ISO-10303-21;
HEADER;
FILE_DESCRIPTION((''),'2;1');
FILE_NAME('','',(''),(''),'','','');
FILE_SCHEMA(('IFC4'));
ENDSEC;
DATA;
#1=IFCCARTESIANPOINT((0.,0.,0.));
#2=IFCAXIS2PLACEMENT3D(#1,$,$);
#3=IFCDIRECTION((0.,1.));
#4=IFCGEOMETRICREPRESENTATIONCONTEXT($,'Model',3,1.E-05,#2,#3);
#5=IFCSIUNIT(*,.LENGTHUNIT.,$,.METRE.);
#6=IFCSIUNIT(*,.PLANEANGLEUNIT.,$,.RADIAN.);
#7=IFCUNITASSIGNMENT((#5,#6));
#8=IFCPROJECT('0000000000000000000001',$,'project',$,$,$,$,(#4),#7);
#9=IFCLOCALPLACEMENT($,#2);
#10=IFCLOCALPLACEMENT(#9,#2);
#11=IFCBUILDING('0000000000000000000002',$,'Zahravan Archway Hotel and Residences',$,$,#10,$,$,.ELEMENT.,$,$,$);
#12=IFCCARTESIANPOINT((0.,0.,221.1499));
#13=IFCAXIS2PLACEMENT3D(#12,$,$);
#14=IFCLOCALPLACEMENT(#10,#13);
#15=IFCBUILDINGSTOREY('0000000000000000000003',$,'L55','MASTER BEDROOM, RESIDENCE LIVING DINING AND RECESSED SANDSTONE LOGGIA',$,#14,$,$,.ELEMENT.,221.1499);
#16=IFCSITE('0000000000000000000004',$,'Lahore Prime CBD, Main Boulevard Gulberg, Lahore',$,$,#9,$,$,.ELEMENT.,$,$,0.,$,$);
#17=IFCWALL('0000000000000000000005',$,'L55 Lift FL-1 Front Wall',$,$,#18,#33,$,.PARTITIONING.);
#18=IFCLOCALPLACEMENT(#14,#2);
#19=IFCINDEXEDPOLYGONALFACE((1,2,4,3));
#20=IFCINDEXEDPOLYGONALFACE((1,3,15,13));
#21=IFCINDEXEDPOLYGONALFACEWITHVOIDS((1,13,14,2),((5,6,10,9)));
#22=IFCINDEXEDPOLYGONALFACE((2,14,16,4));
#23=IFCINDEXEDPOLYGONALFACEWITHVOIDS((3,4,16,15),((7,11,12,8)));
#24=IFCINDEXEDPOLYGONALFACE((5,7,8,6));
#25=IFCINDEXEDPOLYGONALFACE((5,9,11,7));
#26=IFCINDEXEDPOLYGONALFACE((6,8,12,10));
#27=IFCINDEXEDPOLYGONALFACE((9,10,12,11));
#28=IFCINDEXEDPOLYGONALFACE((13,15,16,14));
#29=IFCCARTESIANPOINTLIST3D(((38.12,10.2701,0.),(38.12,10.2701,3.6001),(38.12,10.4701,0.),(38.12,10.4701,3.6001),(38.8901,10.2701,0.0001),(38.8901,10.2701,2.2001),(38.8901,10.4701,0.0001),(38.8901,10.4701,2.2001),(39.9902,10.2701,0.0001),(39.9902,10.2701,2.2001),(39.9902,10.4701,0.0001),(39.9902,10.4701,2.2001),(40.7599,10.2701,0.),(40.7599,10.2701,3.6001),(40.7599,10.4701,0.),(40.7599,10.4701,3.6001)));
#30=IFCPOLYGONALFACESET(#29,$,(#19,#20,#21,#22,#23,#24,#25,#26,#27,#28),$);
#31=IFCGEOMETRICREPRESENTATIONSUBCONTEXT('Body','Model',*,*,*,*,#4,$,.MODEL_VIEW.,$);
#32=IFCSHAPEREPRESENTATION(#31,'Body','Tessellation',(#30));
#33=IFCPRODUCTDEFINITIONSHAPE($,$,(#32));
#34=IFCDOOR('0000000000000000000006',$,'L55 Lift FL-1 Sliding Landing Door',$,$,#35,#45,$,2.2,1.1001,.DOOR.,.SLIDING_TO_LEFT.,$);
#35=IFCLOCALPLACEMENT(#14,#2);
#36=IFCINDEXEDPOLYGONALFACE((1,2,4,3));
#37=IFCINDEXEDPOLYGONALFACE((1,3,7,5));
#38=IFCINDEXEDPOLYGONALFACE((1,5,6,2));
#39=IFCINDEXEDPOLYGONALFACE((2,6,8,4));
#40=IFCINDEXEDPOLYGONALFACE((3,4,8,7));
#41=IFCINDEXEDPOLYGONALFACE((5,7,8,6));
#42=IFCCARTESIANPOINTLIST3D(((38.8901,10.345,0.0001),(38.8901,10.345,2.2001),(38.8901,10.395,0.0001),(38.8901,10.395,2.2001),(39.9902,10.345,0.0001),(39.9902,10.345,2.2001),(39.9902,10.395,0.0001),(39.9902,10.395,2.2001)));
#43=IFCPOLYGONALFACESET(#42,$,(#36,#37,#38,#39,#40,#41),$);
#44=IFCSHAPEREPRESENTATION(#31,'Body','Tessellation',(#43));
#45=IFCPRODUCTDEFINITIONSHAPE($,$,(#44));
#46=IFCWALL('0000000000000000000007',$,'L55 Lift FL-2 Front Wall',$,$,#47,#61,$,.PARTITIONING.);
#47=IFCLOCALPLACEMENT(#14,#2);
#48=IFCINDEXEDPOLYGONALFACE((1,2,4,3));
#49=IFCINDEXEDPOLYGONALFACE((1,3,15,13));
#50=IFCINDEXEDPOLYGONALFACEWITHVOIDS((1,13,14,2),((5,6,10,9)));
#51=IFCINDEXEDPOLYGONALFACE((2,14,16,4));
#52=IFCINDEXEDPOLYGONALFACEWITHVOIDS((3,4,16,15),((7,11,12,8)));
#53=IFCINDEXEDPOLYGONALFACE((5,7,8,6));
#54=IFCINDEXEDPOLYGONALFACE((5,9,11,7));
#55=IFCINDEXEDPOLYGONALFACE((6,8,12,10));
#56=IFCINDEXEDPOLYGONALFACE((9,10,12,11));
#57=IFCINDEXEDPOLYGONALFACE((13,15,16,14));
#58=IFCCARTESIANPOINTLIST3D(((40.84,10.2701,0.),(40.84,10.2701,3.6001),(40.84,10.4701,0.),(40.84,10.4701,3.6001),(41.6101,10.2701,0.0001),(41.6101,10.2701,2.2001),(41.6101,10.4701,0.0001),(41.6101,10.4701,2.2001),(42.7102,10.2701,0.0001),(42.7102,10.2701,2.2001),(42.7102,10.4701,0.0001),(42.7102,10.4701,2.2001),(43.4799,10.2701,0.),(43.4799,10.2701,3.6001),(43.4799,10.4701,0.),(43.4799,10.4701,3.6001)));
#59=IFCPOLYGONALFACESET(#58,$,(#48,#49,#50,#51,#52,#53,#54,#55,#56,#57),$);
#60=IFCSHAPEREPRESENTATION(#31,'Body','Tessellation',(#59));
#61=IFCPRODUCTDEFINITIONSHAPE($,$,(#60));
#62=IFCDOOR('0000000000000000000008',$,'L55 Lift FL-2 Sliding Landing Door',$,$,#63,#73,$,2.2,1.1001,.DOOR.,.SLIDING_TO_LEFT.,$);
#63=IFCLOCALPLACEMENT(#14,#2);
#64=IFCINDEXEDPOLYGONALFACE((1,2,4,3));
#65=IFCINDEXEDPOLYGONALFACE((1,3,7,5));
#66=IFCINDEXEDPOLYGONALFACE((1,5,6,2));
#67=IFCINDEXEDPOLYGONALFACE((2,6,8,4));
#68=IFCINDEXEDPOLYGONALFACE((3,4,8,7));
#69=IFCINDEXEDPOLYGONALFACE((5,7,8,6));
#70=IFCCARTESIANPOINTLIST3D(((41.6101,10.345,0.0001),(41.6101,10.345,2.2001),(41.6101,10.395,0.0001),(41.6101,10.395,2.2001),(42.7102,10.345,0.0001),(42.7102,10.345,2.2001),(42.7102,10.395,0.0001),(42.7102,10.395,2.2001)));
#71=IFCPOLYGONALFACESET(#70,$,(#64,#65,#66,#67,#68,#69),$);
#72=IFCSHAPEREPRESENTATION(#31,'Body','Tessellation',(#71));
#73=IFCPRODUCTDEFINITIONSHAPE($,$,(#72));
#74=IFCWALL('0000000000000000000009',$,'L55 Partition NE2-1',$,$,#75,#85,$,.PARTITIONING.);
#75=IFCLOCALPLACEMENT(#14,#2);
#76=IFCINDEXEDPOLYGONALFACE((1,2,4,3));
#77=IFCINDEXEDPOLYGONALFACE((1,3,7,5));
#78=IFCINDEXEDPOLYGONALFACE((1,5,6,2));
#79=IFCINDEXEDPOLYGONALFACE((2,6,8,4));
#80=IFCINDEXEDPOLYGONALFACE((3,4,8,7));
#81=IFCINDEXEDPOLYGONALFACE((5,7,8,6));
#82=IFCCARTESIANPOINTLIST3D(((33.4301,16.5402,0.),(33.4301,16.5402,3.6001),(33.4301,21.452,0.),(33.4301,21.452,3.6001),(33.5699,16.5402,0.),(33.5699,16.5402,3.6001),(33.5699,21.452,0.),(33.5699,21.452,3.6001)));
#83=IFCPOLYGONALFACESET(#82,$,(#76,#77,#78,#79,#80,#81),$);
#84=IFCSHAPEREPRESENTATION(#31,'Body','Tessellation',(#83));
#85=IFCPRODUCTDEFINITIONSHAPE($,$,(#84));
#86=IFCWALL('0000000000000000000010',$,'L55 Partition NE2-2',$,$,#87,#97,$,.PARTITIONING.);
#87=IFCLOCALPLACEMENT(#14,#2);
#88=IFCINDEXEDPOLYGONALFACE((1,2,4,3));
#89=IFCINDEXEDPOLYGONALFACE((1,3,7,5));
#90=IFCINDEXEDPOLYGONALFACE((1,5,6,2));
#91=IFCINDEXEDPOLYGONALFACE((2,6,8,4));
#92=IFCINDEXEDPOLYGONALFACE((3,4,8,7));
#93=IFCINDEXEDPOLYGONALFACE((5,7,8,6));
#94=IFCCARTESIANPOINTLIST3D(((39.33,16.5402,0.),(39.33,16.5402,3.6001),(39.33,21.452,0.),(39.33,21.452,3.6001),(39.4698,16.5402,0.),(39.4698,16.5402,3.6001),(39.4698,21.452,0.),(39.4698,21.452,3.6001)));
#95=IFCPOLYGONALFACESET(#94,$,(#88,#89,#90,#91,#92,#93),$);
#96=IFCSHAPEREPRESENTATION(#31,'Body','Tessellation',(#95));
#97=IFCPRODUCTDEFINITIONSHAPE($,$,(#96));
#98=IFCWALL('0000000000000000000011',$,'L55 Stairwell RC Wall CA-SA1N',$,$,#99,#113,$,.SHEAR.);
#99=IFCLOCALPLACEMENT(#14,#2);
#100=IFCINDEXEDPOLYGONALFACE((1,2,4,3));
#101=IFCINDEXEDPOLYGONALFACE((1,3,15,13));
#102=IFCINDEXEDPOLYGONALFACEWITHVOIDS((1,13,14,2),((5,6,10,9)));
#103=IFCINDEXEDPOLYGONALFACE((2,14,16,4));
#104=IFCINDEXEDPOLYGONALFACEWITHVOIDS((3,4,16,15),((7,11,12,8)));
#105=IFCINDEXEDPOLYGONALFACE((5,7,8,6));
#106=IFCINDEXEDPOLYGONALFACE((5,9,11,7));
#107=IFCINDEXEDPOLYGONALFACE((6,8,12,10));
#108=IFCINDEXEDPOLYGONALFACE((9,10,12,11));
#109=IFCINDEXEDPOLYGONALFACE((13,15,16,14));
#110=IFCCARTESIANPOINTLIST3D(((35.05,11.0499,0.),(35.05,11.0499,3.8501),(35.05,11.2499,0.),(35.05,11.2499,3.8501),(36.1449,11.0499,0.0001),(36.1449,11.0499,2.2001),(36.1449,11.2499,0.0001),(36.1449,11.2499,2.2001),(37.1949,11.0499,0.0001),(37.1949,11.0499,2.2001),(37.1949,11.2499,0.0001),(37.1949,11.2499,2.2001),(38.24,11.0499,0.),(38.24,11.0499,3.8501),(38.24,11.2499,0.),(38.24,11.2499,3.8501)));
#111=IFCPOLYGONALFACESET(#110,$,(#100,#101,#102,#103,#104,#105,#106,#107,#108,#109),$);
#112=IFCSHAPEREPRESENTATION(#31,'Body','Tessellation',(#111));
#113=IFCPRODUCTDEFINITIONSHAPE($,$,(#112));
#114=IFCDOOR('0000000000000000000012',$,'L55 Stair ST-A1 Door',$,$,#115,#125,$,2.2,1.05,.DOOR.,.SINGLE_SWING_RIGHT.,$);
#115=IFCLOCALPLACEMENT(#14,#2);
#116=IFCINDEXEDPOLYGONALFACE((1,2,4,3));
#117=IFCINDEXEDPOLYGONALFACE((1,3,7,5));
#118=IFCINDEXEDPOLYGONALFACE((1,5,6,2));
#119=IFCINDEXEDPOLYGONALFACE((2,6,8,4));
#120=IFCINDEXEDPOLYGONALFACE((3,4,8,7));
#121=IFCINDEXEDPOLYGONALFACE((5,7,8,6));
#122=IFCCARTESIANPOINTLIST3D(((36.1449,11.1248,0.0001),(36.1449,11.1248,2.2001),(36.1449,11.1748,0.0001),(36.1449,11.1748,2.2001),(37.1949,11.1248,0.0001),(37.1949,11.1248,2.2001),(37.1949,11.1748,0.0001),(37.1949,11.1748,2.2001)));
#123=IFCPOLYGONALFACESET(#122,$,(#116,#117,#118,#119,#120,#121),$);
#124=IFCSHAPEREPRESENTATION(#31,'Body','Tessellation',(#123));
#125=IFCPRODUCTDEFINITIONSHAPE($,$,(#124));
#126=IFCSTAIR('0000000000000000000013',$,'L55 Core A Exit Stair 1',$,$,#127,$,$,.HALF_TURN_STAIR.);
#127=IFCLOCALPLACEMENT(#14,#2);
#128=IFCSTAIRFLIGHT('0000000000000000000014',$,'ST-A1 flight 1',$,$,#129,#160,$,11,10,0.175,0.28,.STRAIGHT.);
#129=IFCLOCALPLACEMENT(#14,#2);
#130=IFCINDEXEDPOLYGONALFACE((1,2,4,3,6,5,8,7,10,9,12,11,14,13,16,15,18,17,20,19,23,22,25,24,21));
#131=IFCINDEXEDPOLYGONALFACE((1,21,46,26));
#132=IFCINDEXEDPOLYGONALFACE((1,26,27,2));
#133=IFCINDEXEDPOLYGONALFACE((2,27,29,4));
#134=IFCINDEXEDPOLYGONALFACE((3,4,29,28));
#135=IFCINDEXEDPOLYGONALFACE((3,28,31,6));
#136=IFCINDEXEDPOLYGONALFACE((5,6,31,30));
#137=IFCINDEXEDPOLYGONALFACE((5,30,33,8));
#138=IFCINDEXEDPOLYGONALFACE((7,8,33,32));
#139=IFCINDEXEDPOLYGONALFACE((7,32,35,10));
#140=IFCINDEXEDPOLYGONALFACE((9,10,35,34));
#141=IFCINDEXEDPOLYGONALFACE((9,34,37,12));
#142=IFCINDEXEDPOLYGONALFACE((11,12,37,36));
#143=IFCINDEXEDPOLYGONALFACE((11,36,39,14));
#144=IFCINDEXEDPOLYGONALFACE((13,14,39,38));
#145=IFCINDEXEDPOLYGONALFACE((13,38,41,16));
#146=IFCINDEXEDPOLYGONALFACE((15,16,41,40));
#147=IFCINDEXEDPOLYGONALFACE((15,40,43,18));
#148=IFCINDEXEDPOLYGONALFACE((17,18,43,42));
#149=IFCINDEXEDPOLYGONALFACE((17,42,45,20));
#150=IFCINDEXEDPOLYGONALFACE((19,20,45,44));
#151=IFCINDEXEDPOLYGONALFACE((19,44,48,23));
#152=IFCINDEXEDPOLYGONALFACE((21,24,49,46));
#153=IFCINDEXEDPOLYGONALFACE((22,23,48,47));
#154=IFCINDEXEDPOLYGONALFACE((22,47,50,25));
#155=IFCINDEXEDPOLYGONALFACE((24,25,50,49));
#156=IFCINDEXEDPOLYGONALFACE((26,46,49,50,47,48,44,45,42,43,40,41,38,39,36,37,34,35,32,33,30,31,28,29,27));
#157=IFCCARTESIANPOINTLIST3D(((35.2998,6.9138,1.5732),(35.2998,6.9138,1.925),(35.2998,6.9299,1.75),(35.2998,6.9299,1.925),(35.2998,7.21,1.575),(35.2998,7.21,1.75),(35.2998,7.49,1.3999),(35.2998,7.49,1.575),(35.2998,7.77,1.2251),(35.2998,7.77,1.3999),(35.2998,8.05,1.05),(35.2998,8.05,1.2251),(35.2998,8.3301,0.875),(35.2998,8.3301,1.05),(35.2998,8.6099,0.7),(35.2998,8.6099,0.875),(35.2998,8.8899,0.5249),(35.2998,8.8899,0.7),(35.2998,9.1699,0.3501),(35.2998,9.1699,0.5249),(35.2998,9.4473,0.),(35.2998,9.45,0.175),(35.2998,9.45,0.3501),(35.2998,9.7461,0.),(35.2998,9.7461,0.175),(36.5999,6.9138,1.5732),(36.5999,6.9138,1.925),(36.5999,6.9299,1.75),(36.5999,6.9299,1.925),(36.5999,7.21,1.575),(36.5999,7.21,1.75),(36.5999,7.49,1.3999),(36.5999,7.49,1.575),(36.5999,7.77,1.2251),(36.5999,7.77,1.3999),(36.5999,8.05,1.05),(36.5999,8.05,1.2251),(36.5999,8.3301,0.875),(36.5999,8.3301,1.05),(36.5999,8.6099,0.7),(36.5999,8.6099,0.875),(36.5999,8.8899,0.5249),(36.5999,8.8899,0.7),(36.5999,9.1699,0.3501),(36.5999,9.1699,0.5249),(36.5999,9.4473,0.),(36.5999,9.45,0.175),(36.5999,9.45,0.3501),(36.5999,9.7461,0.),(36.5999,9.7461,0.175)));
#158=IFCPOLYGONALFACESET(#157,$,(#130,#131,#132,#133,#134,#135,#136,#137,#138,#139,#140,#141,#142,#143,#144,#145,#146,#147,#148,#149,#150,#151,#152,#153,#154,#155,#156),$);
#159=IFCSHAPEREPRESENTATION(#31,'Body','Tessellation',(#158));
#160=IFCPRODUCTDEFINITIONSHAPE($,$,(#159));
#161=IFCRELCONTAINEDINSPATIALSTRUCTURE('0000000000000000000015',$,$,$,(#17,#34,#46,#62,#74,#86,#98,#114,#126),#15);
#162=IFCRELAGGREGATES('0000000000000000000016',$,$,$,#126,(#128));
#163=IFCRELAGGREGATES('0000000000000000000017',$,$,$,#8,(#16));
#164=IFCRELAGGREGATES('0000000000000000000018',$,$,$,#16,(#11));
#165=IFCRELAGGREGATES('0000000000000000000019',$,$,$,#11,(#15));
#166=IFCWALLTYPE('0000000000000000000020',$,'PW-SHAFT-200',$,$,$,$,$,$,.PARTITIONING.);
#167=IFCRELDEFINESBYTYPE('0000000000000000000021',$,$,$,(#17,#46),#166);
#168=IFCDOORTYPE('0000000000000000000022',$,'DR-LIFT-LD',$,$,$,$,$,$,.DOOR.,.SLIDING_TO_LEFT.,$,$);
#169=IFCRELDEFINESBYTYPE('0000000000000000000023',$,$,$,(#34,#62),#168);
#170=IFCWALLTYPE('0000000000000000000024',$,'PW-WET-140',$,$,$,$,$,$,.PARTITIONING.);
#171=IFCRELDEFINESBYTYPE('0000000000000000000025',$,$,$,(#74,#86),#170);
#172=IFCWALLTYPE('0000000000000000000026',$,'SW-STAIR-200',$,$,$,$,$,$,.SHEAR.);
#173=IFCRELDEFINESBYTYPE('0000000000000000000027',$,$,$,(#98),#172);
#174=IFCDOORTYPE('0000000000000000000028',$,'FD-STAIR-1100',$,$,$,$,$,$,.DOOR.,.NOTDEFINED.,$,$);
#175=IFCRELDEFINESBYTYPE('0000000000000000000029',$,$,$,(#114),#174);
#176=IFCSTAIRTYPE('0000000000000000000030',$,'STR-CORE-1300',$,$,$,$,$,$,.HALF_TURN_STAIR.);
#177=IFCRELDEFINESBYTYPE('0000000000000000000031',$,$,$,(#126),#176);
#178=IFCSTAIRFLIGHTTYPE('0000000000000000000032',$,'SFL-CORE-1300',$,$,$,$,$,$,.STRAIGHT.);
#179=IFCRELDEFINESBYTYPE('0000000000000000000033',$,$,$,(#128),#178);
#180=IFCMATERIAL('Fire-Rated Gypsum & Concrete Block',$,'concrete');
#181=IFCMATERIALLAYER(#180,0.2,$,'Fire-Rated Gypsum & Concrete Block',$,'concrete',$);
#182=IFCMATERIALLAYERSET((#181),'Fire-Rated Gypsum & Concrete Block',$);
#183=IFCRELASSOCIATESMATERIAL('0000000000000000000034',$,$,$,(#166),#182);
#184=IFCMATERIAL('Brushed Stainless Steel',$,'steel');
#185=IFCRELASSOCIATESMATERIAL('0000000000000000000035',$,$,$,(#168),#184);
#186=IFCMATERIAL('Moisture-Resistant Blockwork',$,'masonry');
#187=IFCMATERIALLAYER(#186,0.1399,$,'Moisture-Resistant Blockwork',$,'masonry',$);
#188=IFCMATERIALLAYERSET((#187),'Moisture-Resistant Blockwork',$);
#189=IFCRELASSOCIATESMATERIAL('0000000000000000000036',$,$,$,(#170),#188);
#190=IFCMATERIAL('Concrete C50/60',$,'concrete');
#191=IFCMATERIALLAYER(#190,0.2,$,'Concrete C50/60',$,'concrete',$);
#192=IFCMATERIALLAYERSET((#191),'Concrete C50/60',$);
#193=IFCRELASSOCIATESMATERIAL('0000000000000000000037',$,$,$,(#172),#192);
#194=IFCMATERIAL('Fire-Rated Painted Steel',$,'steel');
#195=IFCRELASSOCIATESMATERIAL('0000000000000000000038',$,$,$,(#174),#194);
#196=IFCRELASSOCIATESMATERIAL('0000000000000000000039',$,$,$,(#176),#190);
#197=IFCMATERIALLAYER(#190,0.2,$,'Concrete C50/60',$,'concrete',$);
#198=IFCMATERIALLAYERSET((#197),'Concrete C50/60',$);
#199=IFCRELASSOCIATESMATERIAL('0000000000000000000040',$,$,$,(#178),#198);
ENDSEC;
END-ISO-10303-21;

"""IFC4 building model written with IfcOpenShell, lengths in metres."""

from ifc_helpers import new_model, si_unit, direction, frame, frame_2d, origin, place, context, subcontext, project, spatial, polyline, rectangle, outline, extrude, source, transform, mapped, material, layer, layer_set, type_object, type_shapes, element, fill, aggregate, save


model = new_model("IFC4")

# Units and contexts
model_context = context("Model", 3, precision=1e-05, world=origin(), true_north=direction((0.0, 1.0)))
body_context = subcontext(model_context, "Body", "Model", "MODEL_VIEW")
ifc_project = project(units=[si_unit("LENGTHUNIT", "METRE"), si_unit("PLANEANGLEUNIT", "RADIAN")], contexts=[model_context])

# Site, building, storey
site_placement = place(None, origin())
site = spatial("IfcSite", under=ifc_project, at=site_placement, Name="Lahore Prime CBD, Main Boulevard Gulberg, Lahore", CompositionType="ELEMENT", RefElevation=0.0)
building_placement = place(site_placement, origin())
building = spatial("IfcBuilding", under=site, at=building_placement, Name="Zahravan Archway Hotel and Residences", CompositionType="ELEMENT")
storey_placement = place(building_placement, frame((0.0, 0.0, 221.1499)))
storey = spatial("IfcBuildingStorey", under=building, at=storey_placement, Name="L55", Description="MASTER BEDROOM, RESIDENCE LIVING DINING AND RECESSED SANDSTONE LOGGIA", CompositionType="ELEMENT", Elevation=221.1499)

# Shared definitions
ifc_material_1 = material(Name="Fire-Rated Painted Steel", Category="steel")

# Shared definitions
ifc_material_2 = material(Name="Fire-Rated Gypsum & Concrete Block", Category="concrete")

# Shared definitions
ifc_layer_1 = layer(ifc_material_2, 0.2, Name="Fire-Rated Gypsum & Concrete Block", Category="concrete")
ifc_layer_set_1 = layer_set([ifc_layer_1], Name="Fire-Rated Gypsum & Concrete Block")
wall_type_1 = type_object("IfcWallType", Name="PW-SHAFT-200", PredefinedType="PARTITIONING", material=ifc_layer_set_1)

# Walls, openings, doors
wall_1_placement = place(storey_placement, frame((38.1201, 10.3701, 0.0), z_axis=(0.0, 0.0, 1.0), x_axis=(1.0, 0.0, 0.0)))
wall_1 = element("IfcWall", 1, at=wall_1_placement, inside=storey, type_object=wall_type_1, Name="L55 Lift FL-1 Front Wall", PredefinedType="PARTITIONING", context=body_context, shape_type="SweptSolid", body=[
    extrude(rectangle(XDim=2.6399, YDim=0.2, at=frame_2d((1.3198, 0.0))), origin(), (0.0, 0.0, 1.0), 3.6001),
])
opening_1_placement = place(wall_1_placement, frame((0.77, 0.0, 0.0)))
opening_1 = element("IfcOpeningElement", 2, at=opening_1_placement, cuts=wall_1, PredefinedType="OPENING", context=body_context, shape_type="SweptSolid", body=[
    extrude(rectangle(XDim=1.1001, YDim=2.2, at=frame_2d((0.55, 1.1001))), frame((0.0, 0.1099, 0.0), z_axis=(0.0, -1.0, 0.0), x_axis=(1.0, 0.0, 0.0)), (0.0, 0.0, 1.0), 0.22),
])
ifc_material_3 = material(Name="Brushed Stainless Steel", Category="steel")
door_type_1 = type_object("IfcDoorType", Name="DR-LIFT-LD", OperationType="SLIDING_TO_LEFT", PredefinedType="DOOR", material=ifc_material_3)
shared_shape_1 = source(origin(), body_context, "Body", "SweptSolid", [
    extrude(rectangle(XDim=1.1001, YDim=2.2, at=frame_2d((0.55, 1.1001))), frame((0.0, 0.0249, 0.0), z_axis=(0.0, -1.0, 0.0), x_axis=(1.0, 0.0, 0.0)), (0.0, 0.0, 1.0), 0.05),
])
type_shapes(door_type_1, [shared_shape_1])
door_1_placement = place(opening_1_placement, origin())
door_1 = element("IfcDoor", 3, at=door_1_placement, inside=storey, type_object=door_type_1, Name="L55 Lift FL-1 Sliding Landing Door", OperationType="SLIDING_TO_LEFT", OverallHeight=2.2, OverallWidth=1.1001, PredefinedType="DOOR", context=body_context, shape_type="MappedRepresentation", body=[
    mapped(shared_shape_1, transform((0.0, 0.0, 0.0), scale=1.0)),
])
fill(opening_1, door_1)
wall_2_placement = place(storey_placement, frame((40.8401, 10.3701, 0.0), z_axis=(0.0, 0.0, 1.0), x_axis=(1.0, 0.0, 0.0)))
wall_2 = element("IfcWall", 4, at=wall_2_placement, inside=storey, type_object=wall_type_1, Name="L55 Lift FL-2 Front Wall", PredefinedType="PARTITIONING", context=body_context, shape_type="SweptSolid", body=[
    extrude(rectangle(XDim=2.6399, YDim=0.2, at=frame_2d((1.3198, 0.0))), origin(), (0.0, 0.0, 1.0), 3.6001),
])
opening_2_placement = place(wall_2_placement, frame((0.77, 0.0, 0.0)))
opening_2 = element("IfcOpeningElement", 5, at=opening_2_placement, cuts=wall_2, PredefinedType="OPENING", context=body_context, shape_type="SweptSolid", body=[
    extrude(rectangle(XDim=1.1001, YDim=2.2, at=frame_2d((0.55, 1.1001))), frame((0.0, 0.1099, 0.0), z_axis=(0.0, -1.0, 0.0), x_axis=(1.0, 0.0, 0.0)), (0.0, 0.0, 1.0), 0.22),
])
door_2_placement = place(opening_2_placement, origin())
door_2 = element("IfcDoor", 6, at=door_2_placement, inside=storey, type_object=door_type_1, Name="L55 Lift FL-2 Sliding Landing Door", OperationType="SLIDING_TO_LEFT", OverallHeight=2.2, OverallWidth=1.1001, PredefinedType="DOOR", context=body_context, shape_type="MappedRepresentation", body=[
    mapped(shared_shape_1, transform((0.0, 0.0, 0.0), scale=1.0)),
])
fill(opening_2, door_2)

# Walls
ifc_material_4 = material(Name="Moisture-Resistant Blockwork", Category="masonry")
ifc_layer_2 = layer(ifc_material_4, 0.1399, Name="Moisture-Resistant Blockwork", Category="masonry")
ifc_layer_set_2 = layer_set([ifc_layer_2], Name="Moisture-Resistant Blockwork")
wall_type_2 = type_object("IfcWallType", Name="PW-WET-140", PredefinedType="PARTITIONING", material=ifc_layer_set_2)
for number, where, z_axis, x_axis, name in (
    (7, (33.5, 16.54, 0.0), (0.0, 0.0, 1.0), (0.0, 1.0, 0.0), "L55 Partition NE2-1"),
    (8, (39.3999, 16.54, 0.0), (0.0, 0.0, 1.0), (0.0, 1.0, 0.0), "L55 Partition NE2-2"),
):
    element("IfcWall", number, at=place(storey_placement, frame(where, z_axis=z_axis, x_axis=x_axis)), inside=storey, type_object=wall_type_2, Name=name, PredefinedType="PARTITIONING", context=body_context, shape_type="SweptSolid", body=[
        extrude(rectangle(XDim=4.9119, YDim=0.1399, at=frame_2d((2.4561, 0.0))), origin(), (0.0, 0.0, 1.0), 3.6001),
    ])

# Wall, opening, door
ifc_material_5 = material(Name="Concrete C50/60", Category="concrete")
ifc_layer_3 = layer(ifc_material_5, 0.2, Name="Concrete C50/60", Category="concrete")
ifc_layer_set_3 = layer_set([ifc_layer_3], Name="Concrete C50/60")
wall_type_3 = type_object("IfcWallType", Name="SW-STAIR-200", PredefinedType="SHEAR", material=ifc_layer_set_3)
wall_3_placement = place(storey_placement, frame((35.05, 11.1499, 0.0), z_axis=(0.0, 0.0, 1.0), x_axis=(1.0, 0.0, 0.0)))
wall_3 = element("IfcWall", 9, at=wall_3_placement, inside=storey, type_object=wall_type_3, Name="L55 Stairwell RC Wall CA-SA1N", PredefinedType="SHEAR", context=body_context, shape_type="SweptSolid", body=[
    extrude(rectangle(XDim=3.1899, YDim=0.2, at=frame_2d((1.595, 0.0))), origin(), (0.0, 0.0, 1.0), 3.8501),
])
opening_3_placement = place(wall_3_placement, frame((1.095, 0.0, 0.0)))
opening_3 = element("IfcOpeningElement", 10, at=opening_3_placement, cuts=wall_3, PredefinedType="OPENING", context=body_context, shape_type="SweptSolid", body=[
    extrude(rectangle(XDim=1.05, YDim=2.2, at=frame_2d((0.5249, 1.1001))), frame((0.0, 0.1099, 0.0), z_axis=(0.0, -1.0, 0.0), x_axis=(1.0, 0.0, 0.0)), (0.0, 0.0, 1.0), 0.22),
])
door_type_2 = type_object("IfcDoorType", Name="FD-STAIR-1100", OperationType="NOTDEFINED", PredefinedType="DOOR", material=ifc_material_1)
shared_shape_2 = source(origin(), body_context, "Body", "SweptSolid", [
    extrude(rectangle(XDim=1.05, YDim=2.2, at=frame_2d((0.5249, 1.1001))), frame((0.0, 0.0249, 0.0), z_axis=(0.0, -1.0, 0.0), x_axis=(1.0, 0.0, 0.0)), (0.0, 0.0, 1.0), 0.05),
])
type_shapes(door_type_2, [shared_shape_2])
door_3_placement = place(opening_3_placement, origin())
door_3 = element("IfcDoor", 11, at=door_3_placement, inside=storey, type_object=door_type_2, Name="L55 Stair ST-A1 Door", OperationType="SINGLE_SWING_RIGHT", OverallHeight=2.2, OverallWidth=1.05, PredefinedType="DOOR", context=body_context, shape_type="MappedRepresentation", body=[
    mapped(shared_shape_2, transform((0.0, 0.0, 0.0), scale=1.0)),
])
fill(opening_3, door_3)

# Stair, stair flight
stair_type = type_object("IfcStairType", Name="STR-CORE-1300", PredefinedType="HALF_TURN_STAIR", material=ifc_material_5)
stair_placement = place(storey_placement, origin())
stair = element("IfcStair", 12, at=stair_placement, inside=storey, type_object=stair_type, Name="L55 Core A Exit Stair 1", PredefinedType="HALF_TURN_STAIR")
ifc_layer_4 = layer(ifc_material_5, 0.2, Name="Concrete C50/60", Category="concrete")
ifc_layer_set_4 = layer_set([ifc_layer_4], Name="Concrete C50/60")
stair_flight_type = type_object("IfcStairFlightType", Name="SFL-CORE-1300", PredefinedType="STRAIGHT", material=ifc_layer_set_4)
shared_shape_3 = source(origin(), body_context, "Body", "SweptSolid", [
    extrude(outline(polyline([(-0.0161, 0.0), (-0.0161, 0.175), (0.28, 0.175), (0.28, 0.3501), (0.5601, 0.3501), (0.5601, 0.5249), (0.8401, 0.5249), (0.8401, 0.7), (1.1201, 0.7), (1.1201, 0.875), (1.3999, 0.875), (1.3999, 1.05), (1.6799, 1.05), (1.6799, 1.2251), (1.96, 1.2251), (1.96, 1.3999), (2.24, 1.3999), (2.24, 1.575), (2.52, 1.575), (2.52, 1.75), (2.8, 1.75), (2.8, 1.925), (2.8162, 1.925), (2.8162, 1.5732), (0.2827, 0.0), (-0.0161, 0.0)])), frame((0.0, 0.6499, 0.0), z_axis=(0.0, -1.0, 0.0), x_axis=(1.0, 0.0, 0.0)), (0.0, 0.0, 1.0), 1.3),
])
stair_flight_placement = place(storey_placement, frame((35.95, 9.73, 0.0), z_axis=(0.0, 0.0, 1.0), x_axis=(0.0, -1.0, 0.0)))
stair_flight = element("IfcStairFlight", 13, at=stair_flight_placement, type_object=stair_flight_type, Name="ST-A1 flight 1", NumberOfRisers=11, NumberOfTreads=10, PredefinedType="STRAIGHT", RiserHeight=0.175, TreadLength=0.28, context=body_context, shape_type="MappedRepresentation", body=[
    mapped(shared_shape_3, transform((0.0, 0.0, 0.0), scale=1.0)),
])
aggregate(stair, [stair_flight])

save(model, "model.ifc")
